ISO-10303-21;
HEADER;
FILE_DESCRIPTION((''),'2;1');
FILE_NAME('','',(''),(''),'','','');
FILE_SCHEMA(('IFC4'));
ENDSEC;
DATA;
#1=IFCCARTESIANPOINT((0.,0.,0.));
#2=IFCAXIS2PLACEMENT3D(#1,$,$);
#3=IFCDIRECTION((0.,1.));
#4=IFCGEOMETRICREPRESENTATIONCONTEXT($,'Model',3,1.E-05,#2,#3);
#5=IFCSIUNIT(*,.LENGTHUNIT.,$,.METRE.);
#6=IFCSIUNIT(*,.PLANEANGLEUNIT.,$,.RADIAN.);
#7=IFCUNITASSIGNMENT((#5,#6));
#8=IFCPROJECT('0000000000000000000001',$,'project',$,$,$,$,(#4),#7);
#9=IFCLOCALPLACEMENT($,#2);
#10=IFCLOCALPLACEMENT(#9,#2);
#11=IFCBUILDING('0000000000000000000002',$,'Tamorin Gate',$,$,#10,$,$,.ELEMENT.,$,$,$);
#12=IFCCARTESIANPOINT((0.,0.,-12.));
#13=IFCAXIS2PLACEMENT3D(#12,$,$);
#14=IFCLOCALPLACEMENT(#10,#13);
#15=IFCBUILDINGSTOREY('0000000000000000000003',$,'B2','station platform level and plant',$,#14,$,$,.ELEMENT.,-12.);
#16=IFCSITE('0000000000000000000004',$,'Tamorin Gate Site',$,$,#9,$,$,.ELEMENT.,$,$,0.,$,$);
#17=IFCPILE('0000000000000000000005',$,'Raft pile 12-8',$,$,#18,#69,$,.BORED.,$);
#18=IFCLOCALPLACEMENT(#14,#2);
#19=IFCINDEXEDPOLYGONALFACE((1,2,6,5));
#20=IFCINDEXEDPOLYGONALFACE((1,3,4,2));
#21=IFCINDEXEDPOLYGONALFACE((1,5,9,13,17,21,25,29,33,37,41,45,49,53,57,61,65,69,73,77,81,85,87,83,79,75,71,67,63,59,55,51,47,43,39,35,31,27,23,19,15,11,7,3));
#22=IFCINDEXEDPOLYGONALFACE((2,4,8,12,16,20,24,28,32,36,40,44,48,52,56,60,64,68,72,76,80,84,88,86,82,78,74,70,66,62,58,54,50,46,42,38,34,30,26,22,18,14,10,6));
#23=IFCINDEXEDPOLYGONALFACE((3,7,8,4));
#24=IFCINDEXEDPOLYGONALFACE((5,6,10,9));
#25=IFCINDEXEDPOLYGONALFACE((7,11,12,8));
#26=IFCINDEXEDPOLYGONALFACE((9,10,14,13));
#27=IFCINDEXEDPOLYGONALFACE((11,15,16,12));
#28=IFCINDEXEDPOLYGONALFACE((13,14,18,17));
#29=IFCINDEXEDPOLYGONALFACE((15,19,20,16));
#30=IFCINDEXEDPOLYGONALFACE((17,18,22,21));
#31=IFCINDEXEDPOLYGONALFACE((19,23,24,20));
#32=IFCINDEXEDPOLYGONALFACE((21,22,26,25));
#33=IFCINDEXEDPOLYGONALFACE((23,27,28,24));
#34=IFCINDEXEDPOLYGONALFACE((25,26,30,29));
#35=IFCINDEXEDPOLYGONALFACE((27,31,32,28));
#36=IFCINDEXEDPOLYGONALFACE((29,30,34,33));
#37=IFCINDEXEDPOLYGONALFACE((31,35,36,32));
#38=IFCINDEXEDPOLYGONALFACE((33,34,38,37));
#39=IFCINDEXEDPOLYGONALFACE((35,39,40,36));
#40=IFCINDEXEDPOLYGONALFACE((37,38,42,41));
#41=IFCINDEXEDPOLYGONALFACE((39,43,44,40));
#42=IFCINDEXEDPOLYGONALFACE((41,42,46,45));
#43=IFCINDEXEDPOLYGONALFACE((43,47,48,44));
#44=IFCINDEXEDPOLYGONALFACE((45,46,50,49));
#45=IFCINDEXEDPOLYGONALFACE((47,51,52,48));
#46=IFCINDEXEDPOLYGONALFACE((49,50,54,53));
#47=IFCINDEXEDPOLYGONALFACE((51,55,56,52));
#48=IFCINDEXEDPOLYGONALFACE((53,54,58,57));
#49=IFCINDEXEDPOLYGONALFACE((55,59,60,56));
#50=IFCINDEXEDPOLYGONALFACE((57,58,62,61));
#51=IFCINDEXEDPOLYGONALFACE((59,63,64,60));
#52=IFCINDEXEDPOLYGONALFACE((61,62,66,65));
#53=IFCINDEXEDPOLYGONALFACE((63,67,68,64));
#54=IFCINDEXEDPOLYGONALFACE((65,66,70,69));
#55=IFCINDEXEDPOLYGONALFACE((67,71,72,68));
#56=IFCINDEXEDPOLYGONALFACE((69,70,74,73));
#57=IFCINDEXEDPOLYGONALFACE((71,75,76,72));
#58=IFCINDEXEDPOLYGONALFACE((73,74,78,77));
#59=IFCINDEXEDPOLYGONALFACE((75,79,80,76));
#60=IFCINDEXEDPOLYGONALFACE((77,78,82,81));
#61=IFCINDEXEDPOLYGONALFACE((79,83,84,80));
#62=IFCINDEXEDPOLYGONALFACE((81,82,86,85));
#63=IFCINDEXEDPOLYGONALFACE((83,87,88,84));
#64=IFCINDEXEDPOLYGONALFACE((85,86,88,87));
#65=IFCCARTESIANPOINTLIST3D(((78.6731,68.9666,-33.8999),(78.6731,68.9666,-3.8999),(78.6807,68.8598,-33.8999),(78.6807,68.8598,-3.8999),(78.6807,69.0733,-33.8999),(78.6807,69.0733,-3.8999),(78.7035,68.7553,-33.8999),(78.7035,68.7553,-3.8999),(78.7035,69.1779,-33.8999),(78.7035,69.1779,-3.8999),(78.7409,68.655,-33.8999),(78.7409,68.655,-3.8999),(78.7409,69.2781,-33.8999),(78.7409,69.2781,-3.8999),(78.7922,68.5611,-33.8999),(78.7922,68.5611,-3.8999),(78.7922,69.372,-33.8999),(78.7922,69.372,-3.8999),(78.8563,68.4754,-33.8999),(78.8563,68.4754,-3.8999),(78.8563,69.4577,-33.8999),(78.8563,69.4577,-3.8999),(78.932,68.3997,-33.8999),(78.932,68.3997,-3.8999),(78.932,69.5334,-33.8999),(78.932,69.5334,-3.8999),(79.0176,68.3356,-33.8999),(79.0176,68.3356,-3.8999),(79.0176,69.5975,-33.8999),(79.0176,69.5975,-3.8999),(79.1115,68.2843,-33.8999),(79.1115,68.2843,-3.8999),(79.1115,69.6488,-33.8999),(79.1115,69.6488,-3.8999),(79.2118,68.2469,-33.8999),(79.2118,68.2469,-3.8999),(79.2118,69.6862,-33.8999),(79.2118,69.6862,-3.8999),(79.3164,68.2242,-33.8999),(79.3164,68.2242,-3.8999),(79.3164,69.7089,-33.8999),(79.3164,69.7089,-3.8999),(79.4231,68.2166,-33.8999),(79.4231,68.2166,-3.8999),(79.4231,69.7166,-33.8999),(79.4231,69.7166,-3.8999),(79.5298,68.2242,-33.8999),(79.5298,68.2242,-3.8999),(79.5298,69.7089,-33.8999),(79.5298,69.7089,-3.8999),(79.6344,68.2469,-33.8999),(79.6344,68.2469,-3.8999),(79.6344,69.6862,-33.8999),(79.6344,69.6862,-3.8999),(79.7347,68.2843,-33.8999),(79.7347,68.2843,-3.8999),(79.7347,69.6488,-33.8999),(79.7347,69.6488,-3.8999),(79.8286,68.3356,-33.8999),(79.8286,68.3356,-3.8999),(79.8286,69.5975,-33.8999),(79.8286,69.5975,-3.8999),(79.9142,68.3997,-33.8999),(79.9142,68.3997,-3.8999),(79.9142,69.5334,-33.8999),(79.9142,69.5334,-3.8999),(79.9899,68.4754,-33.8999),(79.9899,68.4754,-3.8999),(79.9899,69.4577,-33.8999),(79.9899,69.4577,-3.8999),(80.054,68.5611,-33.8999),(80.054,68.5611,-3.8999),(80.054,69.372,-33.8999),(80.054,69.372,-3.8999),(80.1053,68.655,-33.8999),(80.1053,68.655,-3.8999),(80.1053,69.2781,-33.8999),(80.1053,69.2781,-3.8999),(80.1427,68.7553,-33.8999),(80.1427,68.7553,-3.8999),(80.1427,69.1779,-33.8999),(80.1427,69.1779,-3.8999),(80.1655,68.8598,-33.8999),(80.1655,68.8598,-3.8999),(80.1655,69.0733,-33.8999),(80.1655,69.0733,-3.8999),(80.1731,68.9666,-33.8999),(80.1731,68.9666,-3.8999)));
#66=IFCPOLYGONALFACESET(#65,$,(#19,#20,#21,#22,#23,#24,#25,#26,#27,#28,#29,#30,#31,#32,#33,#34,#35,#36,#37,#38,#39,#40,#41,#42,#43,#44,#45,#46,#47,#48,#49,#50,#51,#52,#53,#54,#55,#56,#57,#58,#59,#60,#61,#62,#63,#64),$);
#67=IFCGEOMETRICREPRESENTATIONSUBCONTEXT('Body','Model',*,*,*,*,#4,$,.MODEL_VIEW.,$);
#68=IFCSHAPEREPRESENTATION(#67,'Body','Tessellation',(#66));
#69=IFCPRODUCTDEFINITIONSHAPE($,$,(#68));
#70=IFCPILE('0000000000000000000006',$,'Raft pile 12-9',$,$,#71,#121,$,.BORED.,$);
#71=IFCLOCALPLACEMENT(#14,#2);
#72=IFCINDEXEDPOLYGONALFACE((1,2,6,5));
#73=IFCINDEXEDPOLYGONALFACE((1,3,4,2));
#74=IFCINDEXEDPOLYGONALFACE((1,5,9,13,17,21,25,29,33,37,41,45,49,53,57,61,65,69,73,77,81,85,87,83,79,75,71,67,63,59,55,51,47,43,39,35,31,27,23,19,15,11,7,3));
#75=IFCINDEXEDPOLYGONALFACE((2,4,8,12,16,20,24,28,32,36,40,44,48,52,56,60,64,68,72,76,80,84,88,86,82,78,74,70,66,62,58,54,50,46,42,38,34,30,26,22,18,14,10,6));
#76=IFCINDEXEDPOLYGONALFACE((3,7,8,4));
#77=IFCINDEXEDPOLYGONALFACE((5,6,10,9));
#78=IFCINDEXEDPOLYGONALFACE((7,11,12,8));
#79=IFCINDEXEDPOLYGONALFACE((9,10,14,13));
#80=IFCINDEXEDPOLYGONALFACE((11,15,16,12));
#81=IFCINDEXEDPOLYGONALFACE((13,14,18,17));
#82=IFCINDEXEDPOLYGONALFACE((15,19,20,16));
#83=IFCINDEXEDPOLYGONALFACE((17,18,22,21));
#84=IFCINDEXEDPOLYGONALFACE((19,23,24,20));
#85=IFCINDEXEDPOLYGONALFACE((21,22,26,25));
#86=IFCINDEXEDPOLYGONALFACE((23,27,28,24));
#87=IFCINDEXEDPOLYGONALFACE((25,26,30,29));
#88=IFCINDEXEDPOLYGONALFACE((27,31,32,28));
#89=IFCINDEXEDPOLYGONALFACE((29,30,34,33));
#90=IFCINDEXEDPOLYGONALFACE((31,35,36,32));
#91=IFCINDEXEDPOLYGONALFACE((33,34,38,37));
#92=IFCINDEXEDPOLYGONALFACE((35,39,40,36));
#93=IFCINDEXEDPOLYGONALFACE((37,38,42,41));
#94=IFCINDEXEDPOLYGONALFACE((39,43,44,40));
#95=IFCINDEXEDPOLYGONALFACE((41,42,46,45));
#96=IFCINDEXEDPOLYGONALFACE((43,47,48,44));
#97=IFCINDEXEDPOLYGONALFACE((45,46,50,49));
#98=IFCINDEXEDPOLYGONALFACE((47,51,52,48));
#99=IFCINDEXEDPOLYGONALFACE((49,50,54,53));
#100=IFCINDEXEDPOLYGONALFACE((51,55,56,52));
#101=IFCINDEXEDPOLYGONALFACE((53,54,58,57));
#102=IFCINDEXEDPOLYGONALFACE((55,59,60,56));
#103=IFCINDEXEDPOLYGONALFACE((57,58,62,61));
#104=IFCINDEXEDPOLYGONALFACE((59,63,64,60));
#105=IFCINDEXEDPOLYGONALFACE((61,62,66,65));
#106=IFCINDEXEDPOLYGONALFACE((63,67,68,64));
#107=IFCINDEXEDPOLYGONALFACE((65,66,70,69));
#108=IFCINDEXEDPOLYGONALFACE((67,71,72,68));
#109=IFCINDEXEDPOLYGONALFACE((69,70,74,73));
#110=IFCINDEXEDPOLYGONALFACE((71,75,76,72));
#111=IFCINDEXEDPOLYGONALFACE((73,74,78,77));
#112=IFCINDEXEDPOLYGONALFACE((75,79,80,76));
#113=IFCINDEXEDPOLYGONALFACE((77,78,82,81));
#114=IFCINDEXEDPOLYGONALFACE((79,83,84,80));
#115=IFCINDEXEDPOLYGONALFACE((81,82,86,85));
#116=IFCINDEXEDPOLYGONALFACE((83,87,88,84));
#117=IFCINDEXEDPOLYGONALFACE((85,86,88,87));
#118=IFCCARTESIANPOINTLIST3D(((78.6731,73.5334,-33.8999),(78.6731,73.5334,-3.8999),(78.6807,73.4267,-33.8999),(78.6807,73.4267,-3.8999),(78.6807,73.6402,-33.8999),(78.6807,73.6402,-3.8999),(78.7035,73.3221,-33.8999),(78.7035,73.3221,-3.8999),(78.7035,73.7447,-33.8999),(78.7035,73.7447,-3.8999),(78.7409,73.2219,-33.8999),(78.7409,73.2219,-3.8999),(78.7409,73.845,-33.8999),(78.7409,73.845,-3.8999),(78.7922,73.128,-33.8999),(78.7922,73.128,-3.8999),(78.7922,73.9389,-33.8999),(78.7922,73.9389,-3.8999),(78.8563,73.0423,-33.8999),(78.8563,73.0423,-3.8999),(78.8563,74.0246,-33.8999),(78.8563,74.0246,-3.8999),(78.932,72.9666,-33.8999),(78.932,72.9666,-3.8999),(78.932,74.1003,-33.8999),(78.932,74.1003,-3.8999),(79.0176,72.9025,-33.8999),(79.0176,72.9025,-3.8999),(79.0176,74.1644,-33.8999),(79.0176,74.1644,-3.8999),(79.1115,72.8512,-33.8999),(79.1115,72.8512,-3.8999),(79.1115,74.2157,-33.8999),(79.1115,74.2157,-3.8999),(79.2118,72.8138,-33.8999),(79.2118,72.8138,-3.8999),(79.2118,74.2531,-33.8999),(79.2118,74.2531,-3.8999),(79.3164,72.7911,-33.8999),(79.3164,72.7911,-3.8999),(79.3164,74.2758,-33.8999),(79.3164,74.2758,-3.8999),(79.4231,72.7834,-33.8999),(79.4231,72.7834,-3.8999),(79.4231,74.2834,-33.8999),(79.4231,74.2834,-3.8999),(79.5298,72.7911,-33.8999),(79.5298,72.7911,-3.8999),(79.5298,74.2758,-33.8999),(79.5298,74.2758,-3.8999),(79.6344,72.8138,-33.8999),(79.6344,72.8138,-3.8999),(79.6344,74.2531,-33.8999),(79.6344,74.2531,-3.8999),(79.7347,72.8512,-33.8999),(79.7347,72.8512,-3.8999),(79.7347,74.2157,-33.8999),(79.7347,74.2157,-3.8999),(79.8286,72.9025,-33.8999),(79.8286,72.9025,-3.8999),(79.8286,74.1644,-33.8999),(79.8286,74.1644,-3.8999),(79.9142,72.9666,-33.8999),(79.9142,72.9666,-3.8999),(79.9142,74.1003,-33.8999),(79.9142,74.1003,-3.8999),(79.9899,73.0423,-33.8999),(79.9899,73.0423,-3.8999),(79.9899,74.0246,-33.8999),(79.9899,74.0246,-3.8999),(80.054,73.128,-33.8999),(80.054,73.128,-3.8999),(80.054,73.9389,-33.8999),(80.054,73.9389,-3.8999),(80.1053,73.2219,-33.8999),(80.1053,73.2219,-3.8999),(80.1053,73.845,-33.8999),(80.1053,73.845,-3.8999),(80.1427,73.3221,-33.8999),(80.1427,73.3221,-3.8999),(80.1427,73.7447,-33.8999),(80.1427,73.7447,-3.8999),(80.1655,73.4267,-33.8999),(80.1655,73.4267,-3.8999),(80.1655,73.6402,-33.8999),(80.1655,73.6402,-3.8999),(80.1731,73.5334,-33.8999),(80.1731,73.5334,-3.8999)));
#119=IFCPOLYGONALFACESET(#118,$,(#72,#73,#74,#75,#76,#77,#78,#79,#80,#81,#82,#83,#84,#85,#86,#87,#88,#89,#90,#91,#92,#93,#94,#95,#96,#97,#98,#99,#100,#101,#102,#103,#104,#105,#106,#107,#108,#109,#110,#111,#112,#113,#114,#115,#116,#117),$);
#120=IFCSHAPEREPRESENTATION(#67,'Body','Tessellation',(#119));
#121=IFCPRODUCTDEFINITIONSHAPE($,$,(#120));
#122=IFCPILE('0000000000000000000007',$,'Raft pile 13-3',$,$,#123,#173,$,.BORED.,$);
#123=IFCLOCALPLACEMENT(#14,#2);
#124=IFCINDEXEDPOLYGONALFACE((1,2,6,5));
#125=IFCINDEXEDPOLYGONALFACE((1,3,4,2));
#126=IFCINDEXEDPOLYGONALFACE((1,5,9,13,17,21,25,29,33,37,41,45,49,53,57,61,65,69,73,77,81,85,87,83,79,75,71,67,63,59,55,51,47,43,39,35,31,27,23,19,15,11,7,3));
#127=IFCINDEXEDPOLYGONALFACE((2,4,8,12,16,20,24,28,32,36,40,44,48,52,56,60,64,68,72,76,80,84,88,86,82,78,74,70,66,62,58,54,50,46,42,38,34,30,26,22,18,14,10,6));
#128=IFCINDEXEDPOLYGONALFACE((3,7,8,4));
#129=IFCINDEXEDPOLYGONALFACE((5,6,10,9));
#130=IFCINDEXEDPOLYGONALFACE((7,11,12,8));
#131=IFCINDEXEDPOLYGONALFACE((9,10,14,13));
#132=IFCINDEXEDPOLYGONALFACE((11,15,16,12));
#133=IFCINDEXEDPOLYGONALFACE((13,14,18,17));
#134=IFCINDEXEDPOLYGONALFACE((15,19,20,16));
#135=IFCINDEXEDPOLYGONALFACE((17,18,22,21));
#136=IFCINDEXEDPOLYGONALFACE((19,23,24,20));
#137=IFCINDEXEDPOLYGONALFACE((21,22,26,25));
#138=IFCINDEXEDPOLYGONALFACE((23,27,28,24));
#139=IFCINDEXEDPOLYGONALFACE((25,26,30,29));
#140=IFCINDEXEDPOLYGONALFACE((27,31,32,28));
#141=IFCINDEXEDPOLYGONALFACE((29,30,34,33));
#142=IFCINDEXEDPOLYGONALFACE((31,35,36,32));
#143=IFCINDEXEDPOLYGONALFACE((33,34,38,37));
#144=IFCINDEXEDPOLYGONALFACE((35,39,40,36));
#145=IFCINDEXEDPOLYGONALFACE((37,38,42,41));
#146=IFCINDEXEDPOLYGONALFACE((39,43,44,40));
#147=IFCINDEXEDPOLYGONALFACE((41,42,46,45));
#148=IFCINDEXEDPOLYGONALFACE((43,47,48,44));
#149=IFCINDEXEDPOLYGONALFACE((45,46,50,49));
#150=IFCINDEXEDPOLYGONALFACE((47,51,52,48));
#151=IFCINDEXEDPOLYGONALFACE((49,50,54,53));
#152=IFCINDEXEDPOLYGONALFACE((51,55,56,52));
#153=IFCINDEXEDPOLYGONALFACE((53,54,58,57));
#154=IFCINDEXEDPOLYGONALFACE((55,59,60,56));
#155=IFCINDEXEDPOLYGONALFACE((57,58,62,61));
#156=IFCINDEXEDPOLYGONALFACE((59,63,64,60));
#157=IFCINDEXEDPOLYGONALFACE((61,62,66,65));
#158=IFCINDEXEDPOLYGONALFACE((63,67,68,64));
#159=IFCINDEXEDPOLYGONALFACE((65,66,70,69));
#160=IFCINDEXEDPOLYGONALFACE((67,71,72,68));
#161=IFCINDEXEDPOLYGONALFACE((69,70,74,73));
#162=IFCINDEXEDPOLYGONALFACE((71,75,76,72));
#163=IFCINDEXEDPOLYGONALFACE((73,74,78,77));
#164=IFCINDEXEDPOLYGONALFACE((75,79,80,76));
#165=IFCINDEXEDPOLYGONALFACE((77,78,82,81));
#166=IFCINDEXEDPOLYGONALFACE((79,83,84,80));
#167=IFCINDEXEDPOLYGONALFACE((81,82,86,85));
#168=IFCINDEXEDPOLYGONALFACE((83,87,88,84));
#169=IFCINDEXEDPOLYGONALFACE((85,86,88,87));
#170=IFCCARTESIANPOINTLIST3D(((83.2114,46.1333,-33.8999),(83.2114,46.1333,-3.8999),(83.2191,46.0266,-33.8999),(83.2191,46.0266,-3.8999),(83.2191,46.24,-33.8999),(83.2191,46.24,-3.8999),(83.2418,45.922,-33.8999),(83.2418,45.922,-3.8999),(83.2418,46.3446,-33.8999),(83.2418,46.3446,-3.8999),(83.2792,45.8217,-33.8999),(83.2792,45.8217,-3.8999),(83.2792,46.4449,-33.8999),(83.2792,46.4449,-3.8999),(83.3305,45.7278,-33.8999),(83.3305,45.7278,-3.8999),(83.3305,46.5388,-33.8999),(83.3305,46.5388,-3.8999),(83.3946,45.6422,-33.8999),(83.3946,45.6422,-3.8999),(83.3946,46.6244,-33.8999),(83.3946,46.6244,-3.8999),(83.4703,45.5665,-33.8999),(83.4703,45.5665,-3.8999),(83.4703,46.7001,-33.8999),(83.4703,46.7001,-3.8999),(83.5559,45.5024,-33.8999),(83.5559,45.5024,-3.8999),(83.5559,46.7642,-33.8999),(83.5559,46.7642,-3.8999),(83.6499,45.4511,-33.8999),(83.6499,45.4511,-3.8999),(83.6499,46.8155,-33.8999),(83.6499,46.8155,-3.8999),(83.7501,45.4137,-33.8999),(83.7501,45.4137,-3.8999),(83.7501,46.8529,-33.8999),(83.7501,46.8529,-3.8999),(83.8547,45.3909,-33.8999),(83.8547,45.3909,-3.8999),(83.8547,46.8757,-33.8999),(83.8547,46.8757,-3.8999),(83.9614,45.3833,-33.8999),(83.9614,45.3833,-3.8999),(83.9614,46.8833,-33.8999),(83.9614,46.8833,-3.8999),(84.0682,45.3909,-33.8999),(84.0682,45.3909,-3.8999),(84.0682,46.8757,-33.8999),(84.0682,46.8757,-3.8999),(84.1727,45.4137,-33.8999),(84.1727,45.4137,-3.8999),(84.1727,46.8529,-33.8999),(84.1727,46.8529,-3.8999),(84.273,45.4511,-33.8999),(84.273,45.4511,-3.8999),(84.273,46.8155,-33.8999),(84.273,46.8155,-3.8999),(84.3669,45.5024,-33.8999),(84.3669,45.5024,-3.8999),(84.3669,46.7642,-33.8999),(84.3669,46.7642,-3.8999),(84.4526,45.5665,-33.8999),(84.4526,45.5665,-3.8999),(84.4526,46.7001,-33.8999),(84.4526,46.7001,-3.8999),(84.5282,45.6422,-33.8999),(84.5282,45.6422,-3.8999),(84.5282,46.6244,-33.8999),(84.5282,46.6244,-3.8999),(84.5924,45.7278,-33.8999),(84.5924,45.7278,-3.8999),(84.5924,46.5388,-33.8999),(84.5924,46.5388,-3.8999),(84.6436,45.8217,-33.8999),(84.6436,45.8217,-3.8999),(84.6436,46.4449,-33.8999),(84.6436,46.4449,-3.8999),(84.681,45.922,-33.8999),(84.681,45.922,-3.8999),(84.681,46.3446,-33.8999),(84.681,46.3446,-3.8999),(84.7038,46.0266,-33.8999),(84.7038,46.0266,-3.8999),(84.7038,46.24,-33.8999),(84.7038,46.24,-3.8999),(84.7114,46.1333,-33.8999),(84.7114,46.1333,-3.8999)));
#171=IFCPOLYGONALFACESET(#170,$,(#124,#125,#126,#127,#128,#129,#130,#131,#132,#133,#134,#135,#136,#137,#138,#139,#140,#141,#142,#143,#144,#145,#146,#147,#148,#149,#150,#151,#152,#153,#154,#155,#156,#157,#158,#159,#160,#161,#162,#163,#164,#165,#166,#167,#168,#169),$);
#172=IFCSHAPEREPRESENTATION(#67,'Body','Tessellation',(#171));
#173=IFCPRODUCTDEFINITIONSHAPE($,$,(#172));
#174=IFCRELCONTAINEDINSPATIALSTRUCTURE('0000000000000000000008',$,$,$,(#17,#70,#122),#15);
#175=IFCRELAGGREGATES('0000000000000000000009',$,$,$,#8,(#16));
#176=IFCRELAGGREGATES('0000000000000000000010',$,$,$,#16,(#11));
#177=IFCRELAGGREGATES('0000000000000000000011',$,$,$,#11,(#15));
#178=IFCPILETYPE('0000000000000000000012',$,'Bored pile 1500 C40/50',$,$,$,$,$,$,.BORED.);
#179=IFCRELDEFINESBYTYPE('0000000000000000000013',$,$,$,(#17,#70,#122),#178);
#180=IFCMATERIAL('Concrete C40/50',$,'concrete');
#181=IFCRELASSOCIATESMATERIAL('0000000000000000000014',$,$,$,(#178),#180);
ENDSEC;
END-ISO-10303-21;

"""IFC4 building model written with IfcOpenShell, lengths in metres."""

from ifc_helpers import new_model, si_unit, direction, frame, origin, origin_2d, place, context, subcontext, project, spatial, circle, extrude, material, material_profile, profile_set, type_object, element, save


model = new_model("IFC4")

# Units and contexts
model_context = context("Model", 3, precision=1e-05, world=origin(), true_north=direction((0.0, 1.0)))
body_context = subcontext(model_context, "Body", "Model", "MODEL_VIEW")
ifc_project = project(units=[si_unit("LENGTHUNIT", "METRE"), si_unit("PLANEANGLEUNIT", "RADIAN")], contexts=[model_context])

# Site, building, storey
site_placement = place(None, origin())
site = spatial("IfcSite", under=ifc_project, at=site_placement, Name="Tamorin Gate Site", CompositionType="ELEMENT", RefElevation=0.0)
building_placement = place(site_placement, origin())
building = spatial("IfcBuilding", under=site, at=building_placement, Name="Tamorin Gate", CompositionType="ELEMENT")
storey_placement = place(building_placement, frame((0.0, 0.0, -12.0)))
storey = spatial("IfcBuildingStorey", under=building, at=storey_placement, Name="B2", Description="station platform level and plant", CompositionType="ELEMENT", Elevation=-12.0)

# Piles
ifc_material_1 = material(Name="Concrete C40/50", Category="concrete")
ifc_material_profile_1 = material_profile(ifc_material_1, circle(Radius=0.75, at=origin_2d()))
ifc_profile_set_1 = profile_set([ifc_material_profile_1], Name="Concrete C40/50")
pile_type = type_object("IfcPileType", Name="Bored pile 1500 C40/50", PredefinedType="BORED", material=ifc_profile_set_1)
for number, where, z_axis, x_axis, name in (
    (1, (79.4231, 68.9666, -3.8999), (0.0, 0.0, -1.0), (1.0, 0.0, 0.0), "Raft pile 12-8"),
    (2, (79.4231, 73.5334, -3.8999), (0.0, 0.0, -1.0), (1.0, 0.0, 0.0), "Raft pile 12-9"),
    (3, (83.9614, 46.1333, -3.8999), (0.0, 0.0, -1.0), (1.0, 0.0, 0.0), "Raft pile 13-3"),
):
    element("IfcPile", number, at=place(storey_placement, frame(where, z_axis=z_axis, x_axis=x_axis)), inside=storey, type_object=pile_type, Name=name, PredefinedType="BORED", context=body_context, shape_type="SweptSolid", body=[
        extrude(circle(Radius=0.75, at=origin_2d()), origin(), (0.0, 0.0, 1.0), 30.0),
    ])

save(model, "model.ifc")
